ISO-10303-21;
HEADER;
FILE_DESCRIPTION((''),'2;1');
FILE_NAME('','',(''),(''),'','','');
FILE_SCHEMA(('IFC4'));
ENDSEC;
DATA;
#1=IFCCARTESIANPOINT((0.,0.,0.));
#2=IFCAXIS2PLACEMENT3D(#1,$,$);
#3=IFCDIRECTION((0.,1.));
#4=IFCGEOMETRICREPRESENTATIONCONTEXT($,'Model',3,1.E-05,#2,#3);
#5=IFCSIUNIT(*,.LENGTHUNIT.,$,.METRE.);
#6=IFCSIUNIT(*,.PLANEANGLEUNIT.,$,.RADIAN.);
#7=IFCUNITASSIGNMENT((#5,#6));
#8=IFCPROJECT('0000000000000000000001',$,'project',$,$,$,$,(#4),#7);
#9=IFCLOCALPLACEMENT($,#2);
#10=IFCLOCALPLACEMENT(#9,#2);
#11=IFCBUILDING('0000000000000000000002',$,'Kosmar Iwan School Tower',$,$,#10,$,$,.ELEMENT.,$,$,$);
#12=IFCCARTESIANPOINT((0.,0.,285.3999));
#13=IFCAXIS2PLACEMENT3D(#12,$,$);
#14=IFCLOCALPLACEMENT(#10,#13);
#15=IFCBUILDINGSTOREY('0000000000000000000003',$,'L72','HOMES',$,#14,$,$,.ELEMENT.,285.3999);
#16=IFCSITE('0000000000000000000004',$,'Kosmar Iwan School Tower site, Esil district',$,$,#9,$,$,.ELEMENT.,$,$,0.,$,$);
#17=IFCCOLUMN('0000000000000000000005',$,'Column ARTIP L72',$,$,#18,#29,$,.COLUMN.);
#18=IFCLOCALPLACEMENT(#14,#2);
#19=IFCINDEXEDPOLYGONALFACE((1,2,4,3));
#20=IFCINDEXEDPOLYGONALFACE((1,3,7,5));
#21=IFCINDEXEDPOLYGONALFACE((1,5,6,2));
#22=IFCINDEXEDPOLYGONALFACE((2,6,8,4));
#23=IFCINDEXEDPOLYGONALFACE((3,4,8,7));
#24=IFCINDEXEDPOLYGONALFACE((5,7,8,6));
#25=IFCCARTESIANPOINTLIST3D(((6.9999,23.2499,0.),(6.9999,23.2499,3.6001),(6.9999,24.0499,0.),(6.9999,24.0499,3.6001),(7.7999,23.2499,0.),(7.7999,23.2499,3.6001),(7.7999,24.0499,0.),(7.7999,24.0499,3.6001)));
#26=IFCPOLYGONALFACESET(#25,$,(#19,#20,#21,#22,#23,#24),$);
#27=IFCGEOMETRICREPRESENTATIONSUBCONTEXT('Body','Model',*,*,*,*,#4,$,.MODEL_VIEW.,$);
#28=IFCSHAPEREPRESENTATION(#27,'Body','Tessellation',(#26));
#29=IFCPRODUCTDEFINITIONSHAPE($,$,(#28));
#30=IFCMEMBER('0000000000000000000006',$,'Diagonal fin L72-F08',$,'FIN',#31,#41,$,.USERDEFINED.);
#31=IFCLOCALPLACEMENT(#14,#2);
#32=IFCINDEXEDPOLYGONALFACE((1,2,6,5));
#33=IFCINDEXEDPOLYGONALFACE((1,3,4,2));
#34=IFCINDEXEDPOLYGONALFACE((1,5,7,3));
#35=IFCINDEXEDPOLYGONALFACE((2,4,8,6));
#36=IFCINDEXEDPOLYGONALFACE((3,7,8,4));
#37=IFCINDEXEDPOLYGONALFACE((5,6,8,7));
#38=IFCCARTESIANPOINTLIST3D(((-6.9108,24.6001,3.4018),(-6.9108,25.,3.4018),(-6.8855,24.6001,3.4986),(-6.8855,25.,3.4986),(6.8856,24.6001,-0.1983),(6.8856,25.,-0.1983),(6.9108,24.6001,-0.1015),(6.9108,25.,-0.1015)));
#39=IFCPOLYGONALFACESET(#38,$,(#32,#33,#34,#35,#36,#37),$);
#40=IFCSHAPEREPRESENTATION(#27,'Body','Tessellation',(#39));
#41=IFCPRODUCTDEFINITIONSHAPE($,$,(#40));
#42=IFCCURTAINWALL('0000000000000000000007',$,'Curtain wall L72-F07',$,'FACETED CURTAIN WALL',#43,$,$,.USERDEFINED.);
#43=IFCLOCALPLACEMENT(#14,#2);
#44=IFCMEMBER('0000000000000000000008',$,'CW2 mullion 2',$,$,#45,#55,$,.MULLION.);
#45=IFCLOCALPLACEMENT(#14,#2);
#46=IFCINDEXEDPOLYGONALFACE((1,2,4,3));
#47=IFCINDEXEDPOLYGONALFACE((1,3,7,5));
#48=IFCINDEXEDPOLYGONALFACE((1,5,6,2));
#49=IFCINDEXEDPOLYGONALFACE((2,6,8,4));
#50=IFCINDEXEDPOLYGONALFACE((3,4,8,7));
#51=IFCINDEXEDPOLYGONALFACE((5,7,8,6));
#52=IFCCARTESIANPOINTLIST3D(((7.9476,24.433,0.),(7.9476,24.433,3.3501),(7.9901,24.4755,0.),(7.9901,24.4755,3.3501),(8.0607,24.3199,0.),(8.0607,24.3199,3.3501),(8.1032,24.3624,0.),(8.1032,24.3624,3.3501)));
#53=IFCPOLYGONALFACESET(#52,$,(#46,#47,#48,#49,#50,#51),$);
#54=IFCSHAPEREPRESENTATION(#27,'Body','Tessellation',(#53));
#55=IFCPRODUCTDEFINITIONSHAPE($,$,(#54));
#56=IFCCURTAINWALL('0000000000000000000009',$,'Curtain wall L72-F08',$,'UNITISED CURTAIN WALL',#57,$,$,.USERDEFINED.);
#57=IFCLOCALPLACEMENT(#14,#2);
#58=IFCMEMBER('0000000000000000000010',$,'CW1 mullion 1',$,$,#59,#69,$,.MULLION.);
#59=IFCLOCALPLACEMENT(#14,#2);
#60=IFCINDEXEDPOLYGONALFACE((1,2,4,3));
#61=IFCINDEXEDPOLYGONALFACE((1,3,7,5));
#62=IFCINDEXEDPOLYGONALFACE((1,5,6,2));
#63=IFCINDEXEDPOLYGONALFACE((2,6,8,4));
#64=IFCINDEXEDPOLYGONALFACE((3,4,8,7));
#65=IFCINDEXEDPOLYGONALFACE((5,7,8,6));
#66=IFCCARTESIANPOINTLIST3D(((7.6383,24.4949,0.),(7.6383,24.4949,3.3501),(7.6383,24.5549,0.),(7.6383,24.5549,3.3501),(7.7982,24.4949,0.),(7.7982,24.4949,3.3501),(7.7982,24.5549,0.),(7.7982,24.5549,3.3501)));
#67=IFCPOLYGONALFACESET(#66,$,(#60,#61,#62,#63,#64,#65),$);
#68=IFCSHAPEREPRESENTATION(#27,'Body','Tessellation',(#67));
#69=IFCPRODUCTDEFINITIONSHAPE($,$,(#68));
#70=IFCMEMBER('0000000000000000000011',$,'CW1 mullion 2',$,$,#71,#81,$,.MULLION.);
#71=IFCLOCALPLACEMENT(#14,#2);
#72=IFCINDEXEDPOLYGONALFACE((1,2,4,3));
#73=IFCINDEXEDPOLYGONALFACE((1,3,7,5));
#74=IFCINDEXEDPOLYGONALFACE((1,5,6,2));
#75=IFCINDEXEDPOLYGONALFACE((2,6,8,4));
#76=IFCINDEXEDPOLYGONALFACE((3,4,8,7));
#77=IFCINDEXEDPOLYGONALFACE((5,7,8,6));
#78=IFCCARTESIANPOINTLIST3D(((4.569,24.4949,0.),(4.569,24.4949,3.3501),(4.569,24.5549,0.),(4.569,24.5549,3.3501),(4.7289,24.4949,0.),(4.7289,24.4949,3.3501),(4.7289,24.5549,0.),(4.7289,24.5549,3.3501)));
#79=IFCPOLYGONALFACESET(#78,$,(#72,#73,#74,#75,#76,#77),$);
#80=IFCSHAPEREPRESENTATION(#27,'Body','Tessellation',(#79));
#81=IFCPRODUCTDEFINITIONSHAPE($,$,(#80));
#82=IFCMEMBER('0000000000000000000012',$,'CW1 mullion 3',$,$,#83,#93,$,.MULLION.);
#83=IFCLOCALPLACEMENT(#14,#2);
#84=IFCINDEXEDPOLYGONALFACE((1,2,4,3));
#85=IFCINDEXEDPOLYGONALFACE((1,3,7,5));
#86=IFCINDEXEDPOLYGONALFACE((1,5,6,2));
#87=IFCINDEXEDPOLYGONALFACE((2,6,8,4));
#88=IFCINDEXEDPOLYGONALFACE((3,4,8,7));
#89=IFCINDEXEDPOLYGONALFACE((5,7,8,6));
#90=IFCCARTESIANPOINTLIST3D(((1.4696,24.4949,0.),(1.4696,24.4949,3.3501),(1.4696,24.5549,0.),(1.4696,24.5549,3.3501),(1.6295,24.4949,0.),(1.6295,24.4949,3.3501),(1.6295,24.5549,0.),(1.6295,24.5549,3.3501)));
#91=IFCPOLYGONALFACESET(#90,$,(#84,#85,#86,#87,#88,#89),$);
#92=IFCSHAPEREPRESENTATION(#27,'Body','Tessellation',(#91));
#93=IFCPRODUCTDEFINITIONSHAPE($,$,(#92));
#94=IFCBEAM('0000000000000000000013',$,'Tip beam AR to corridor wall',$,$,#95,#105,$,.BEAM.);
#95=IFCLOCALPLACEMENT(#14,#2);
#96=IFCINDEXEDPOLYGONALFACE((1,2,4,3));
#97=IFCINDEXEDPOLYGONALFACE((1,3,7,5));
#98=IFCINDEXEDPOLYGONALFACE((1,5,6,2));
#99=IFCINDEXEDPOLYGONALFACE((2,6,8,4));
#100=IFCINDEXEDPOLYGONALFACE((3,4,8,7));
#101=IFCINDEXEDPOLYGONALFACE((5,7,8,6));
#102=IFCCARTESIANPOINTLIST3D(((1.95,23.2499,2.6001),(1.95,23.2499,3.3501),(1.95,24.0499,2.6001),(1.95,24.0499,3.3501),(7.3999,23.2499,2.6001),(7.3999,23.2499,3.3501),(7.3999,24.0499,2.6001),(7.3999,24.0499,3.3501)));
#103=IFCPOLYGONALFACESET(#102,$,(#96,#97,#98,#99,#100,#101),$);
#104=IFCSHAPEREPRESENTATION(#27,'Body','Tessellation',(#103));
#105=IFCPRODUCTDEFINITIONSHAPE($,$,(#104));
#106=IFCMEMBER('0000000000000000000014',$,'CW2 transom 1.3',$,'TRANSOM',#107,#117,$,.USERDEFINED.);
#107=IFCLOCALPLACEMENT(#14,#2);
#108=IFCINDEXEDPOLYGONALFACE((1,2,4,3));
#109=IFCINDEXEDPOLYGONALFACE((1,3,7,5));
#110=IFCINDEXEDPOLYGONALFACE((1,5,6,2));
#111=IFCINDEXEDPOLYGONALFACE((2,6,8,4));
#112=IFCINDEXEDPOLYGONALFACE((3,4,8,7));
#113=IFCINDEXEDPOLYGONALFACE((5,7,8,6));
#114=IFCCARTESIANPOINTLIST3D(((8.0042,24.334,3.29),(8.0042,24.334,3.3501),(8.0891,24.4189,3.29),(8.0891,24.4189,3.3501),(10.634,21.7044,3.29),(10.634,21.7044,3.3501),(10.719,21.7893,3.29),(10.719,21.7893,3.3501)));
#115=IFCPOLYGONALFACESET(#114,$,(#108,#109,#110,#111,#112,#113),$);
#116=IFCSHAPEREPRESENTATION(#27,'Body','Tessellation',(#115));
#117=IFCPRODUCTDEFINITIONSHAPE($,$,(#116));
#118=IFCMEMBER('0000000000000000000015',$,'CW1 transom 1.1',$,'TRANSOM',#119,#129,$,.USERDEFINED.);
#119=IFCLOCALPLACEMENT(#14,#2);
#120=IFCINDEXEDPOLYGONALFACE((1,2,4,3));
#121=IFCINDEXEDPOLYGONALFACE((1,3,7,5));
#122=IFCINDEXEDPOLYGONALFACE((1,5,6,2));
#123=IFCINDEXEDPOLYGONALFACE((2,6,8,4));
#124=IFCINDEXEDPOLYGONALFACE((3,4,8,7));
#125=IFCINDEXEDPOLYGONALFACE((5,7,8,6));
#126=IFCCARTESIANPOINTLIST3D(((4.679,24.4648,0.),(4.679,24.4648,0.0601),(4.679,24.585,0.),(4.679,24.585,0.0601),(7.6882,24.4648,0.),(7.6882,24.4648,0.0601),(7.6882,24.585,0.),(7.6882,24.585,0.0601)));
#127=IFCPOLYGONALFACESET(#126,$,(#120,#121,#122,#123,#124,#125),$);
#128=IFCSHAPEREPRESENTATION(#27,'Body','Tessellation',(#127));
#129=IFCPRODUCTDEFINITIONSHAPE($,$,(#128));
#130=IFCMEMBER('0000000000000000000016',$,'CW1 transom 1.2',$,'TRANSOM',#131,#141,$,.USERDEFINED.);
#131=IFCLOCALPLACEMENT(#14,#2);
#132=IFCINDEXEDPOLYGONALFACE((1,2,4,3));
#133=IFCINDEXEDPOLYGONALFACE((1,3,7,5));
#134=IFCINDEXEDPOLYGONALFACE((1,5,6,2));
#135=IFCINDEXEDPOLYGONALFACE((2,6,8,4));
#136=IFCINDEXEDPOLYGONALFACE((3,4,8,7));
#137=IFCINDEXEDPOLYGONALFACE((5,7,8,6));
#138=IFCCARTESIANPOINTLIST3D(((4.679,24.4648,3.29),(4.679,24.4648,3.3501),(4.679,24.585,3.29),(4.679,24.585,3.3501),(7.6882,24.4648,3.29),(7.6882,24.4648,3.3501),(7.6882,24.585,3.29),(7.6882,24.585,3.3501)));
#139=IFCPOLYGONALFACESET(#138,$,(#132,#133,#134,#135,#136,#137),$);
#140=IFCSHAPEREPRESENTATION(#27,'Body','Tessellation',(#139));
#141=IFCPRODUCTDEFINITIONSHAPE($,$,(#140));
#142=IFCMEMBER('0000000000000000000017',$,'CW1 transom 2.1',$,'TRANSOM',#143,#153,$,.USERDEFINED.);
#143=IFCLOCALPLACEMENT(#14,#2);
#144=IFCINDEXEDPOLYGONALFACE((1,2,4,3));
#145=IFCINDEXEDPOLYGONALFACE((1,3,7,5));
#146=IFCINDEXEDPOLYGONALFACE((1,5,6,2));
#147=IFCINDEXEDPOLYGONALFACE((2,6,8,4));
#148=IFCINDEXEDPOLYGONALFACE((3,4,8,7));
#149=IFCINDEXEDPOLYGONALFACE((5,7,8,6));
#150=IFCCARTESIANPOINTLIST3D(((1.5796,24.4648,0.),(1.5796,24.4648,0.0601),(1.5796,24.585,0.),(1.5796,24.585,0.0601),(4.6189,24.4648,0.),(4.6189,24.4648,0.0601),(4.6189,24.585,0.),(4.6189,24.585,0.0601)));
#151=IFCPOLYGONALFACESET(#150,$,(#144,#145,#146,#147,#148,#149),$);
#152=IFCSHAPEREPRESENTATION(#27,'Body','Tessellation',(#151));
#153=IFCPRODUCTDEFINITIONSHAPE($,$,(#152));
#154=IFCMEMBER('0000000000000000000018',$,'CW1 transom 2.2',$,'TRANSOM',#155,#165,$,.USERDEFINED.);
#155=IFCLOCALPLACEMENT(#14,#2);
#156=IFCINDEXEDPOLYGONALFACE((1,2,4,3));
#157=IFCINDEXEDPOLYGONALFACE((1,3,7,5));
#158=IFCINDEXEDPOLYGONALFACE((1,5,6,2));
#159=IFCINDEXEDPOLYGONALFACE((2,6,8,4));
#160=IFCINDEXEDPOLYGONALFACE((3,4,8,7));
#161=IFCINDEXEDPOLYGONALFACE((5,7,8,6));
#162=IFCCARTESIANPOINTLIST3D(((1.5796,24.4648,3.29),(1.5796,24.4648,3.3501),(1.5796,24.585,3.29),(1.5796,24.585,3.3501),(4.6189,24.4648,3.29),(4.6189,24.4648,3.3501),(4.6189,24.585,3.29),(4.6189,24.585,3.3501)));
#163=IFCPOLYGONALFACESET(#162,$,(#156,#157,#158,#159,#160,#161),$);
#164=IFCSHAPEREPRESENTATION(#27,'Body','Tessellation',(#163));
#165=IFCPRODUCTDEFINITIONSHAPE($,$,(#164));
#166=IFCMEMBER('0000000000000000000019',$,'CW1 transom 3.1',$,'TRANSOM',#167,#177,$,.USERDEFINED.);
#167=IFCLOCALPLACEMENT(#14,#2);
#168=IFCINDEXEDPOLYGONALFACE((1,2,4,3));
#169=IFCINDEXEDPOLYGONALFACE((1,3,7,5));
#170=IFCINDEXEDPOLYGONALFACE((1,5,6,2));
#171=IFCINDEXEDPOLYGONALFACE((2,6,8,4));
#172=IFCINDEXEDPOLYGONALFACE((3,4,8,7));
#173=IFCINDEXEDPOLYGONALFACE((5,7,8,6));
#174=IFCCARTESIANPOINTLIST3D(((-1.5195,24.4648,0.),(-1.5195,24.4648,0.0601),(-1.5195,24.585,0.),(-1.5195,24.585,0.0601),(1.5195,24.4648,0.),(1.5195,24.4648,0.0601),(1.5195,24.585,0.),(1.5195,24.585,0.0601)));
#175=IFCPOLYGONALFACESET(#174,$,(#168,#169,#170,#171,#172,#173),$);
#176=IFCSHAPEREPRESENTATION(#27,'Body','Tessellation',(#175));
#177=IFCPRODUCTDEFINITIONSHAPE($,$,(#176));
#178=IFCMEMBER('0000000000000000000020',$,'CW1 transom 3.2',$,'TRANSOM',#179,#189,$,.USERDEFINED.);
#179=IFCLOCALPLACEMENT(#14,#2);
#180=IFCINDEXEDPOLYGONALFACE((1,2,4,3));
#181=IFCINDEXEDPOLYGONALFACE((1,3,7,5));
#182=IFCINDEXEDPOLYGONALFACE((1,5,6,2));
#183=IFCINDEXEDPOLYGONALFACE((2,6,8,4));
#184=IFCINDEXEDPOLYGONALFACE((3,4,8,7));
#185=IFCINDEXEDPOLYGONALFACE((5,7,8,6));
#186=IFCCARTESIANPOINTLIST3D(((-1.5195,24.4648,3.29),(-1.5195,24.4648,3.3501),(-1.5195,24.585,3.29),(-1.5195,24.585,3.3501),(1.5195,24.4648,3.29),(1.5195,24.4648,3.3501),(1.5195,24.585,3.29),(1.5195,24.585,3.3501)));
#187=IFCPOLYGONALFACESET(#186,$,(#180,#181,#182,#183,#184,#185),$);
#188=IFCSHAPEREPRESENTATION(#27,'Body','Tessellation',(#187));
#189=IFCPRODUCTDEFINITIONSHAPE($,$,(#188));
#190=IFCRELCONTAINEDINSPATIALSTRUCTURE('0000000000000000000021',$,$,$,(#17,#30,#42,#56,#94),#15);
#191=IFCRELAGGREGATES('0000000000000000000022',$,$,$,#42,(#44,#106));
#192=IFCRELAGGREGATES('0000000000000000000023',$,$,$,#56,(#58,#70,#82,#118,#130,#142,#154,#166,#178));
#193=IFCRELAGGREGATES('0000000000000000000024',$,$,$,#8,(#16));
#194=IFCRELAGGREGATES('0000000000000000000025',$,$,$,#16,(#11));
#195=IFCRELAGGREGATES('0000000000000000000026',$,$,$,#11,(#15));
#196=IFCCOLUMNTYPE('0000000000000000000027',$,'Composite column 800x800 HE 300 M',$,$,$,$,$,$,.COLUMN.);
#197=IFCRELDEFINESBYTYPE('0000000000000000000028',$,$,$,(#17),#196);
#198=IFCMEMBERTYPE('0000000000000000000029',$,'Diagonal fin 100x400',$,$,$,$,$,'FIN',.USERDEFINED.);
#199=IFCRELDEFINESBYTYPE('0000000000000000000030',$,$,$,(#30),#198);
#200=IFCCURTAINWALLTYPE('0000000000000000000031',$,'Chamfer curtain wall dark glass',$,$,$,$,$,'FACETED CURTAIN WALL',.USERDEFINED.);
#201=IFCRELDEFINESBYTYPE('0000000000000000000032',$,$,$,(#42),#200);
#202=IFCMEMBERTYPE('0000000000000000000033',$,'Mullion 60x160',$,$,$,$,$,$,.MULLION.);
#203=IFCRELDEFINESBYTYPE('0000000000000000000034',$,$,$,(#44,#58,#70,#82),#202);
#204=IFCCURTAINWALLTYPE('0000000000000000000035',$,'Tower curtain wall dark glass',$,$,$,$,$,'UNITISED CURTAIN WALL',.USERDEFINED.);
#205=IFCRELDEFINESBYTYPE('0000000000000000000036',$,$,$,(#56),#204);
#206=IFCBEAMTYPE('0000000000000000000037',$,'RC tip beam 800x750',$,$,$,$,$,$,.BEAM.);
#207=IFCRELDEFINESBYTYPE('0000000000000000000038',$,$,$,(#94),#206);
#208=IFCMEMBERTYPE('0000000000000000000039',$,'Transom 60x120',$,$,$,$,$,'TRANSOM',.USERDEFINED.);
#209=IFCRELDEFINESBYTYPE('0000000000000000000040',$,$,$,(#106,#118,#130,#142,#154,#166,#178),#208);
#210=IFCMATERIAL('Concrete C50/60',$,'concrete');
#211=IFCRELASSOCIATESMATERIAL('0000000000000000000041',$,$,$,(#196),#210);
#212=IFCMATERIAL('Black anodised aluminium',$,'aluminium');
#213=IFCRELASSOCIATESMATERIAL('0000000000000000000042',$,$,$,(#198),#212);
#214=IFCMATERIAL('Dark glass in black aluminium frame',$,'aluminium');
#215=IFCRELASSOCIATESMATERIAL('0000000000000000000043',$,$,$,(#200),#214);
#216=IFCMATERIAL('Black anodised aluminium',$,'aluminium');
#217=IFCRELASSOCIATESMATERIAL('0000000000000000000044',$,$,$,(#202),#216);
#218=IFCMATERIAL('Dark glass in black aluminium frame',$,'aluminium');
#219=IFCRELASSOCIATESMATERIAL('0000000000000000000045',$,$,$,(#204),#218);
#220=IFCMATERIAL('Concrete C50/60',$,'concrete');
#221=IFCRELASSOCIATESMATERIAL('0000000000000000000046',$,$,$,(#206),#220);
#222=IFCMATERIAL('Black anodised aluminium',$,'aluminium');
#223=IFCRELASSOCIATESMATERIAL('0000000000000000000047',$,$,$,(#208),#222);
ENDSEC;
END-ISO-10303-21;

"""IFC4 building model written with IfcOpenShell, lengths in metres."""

from ifc_helpers import new_model, si_unit, direction, frame, origin, origin_2d, place, context, subcontext, project, spatial, rectangle, extrude, material, material_profile, profile_set, type_object, element, aggregate, save


model = new_model("IFC4")

# Units and contexts
model_context = context("Model", 3, precision=1e-05, world=origin(), true_north=direction((0.0, 1.0)))
body_context = subcontext(model_context, "Body", "Model", "MODEL_VIEW")
ifc_project = project(units=[si_unit("LENGTHUNIT", "METRE"), si_unit("PLANEANGLEUNIT", "RADIAN")], contexts=[model_context])

# Site, building, storey
site_placement = place(None, origin())
site = spatial("IfcSite", under=ifc_project, at=site_placement, Name="Kosmar Iwan School Tower site, Esil district", CompositionType="ELEMENT", RefElevation=0.0)
building_placement = place(site_placement, origin())
building = spatial("IfcBuilding", under=site, at=building_placement, Name="Kosmar Iwan School Tower", CompositionType="ELEMENT")
storey_placement = place(building_placement, frame((0.0, 0.0, 285.3999)))
storey = spatial("IfcBuildingStorey", under=building, at=storey_placement, Name="L72", Description="HOMES", CompositionType="ELEMENT", Elevation=285.3999)

# Column
ifc_material_1 = material(Name="Concrete C50/60", Category="concrete")
ifc_material_profile_1 = material_profile(ifc_material_1, rectangle(XDim=0.8, YDim=0.8, at=origin_2d()), Name="RC 800x800 + HE 300 M")
ifc_profile_set_1 = profile_set([ifc_material_profile_1], Name="Concrete C50/60")
column_type = type_object("IfcColumnType", Name="Composite column 800x800 HE 300 M", PredefinedType="COLUMN", material=ifc_profile_set_1)
column_placement = place(storey_placement, frame((7.3999, 23.6499, 0.0), z_axis=(0.0, 0.0, 1.0), x_axis=(0.0, 1.0, 0.0)))
element("IfcColumn", 1, at=column_placement, inside=storey, type_object=column_type, Name="Column ARTIP L72", PredefinedType="COLUMN", context=body_context, shape_type="SweptSolid", body=[
    extrude(rectangle(XDim=0.8, YDim=0.8, at=origin_2d()), origin(), (0.0, 0.0, 1.0), 3.6001),
])

# Member
ifc_material_2 = material(Name="Black anodised aluminium", Category="aluminium")
ifc_material_profile_2 = material_profile(ifc_material_2, rectangle(XDim=0.1001, YDim=0.3999, at=origin_2d()), Name="FIN 100x400")
ifc_profile_set_2 = profile_set([ifc_material_profile_2], Name="Black anodised aluminium")
member_type_1 = type_object("IfcMemberType", Name="Diagonal fin 100x400", ElementType="FIN", PredefinedType="USERDEFINED", material=ifc_profile_set_2)
member_1_placement = place(storey_placement, frame((6.8982, 24.8, -0.1499), z_axis=(-0.967599, 0.0, 0.25249), x_axis=(0.25249, 0.0, 0.967599)))
element("IfcMember", 2, at=member_1_placement, inside=storey, type_object=member_type_1, Name="Diagonal fin L72-F08", ObjectType="FIN", PredefinedType="USERDEFINED", context=body_context, shape_type="SweptSolid", body=[
    extrude(rectangle(XDim=0.1001, YDim=0.3999, at=origin_2d()), origin(), (0.0, 0.0, 1.0), 14.2583),
])

# Curtain wall, member
ifc_material_3 = material(Name="Dark glass in black aluminium frame", Category="aluminium")
curtain_wall_type_1 = type_object("IfcCurtainWallType", Name="Chamfer curtain wall dark glass", ElementType="FACETED CURTAIN WALL", PredefinedType="USERDEFINED", material=ifc_material_3)
curtain_wall_1_placement = place(storey_placement, origin())
curtain_wall_1 = element("IfcCurtainWall", 3, at=curtain_wall_1_placement, inside=storey, type_object=curtain_wall_type_1, Name="Curtain wall L72-F07", ObjectType="FACETED CURTAIN WALL", PredefinedType="USERDEFINED")
ifc_material_4 = material(Name="Black anodised aluminium", Category="aluminium")
ifc_material_profile_3 = material_profile(ifc_material_4, rectangle(XDim=0.0601, YDim=0.1599, at=origin_2d()), Name="MULLION 60x160")
ifc_profile_set_3 = profile_set([ifc_material_profile_3], Name="Black anodised aluminium")
member_type_2 = type_object("IfcMemberType", Name="Mullion 60x160", PredefinedType="MULLION", material=ifc_profile_set_3)
member_2_placement = place(storey_placement, frame((8.0254, 24.3977, 0.0), z_axis=(0.0, 0.0, 1.0), x_axis=(-0.707107, -0.707107, 0.0)))
member_2 = element("IfcMember", 4, at=member_2_placement, type_object=member_type_2, Name="CW2 mullion 2", PredefinedType="MULLION", context=body_context, shape_type="SweptSolid", body=[
    extrude(rectangle(XDim=0.0601, YDim=0.1599, at=origin_2d()), origin(), (0.0, 0.0, 1.0), 3.3501),
])

# Curtain wall, members
ifc_material_5 = material(Name="Dark glass in black aluminium frame", Category="aluminium")
curtain_wall_type_2 = type_object("IfcCurtainWallType", Name="Tower curtain wall dark glass", ElementType="UNITISED CURTAIN WALL", PredefinedType="USERDEFINED", material=ifc_material_5)
curtain_wall_2_placement = place(storey_placement, origin())
curtain_wall_2 = element("IfcCurtainWall", 5, at=curtain_wall_2_placement, inside=storey, type_object=curtain_wall_type_2, Name="Curtain wall L72-F08", ObjectType="UNITISED CURTAIN WALL", PredefinedType="USERDEFINED")
member_3_placement = place(storey_placement, frame((7.7183, 24.5249, 0.0), z_axis=(0.0, 0.0, 1.0), x_axis=(0.0, -1.0, 0.0)))
member_3 = element("IfcMember", 6, at=member_3_placement, type_object=member_type_2, Name="CW1 mullion 1", PredefinedType="MULLION", context=body_context, shape_type="SweptSolid", body=[
    extrude(rectangle(XDim=0.0601, YDim=0.1599, at=origin_2d()), origin(), (0.0, 0.0, 1.0), 3.3501),
])
member_4_placement = place(storey_placement, frame((4.6489, 24.5249, 0.0), z_axis=(0.0, 0.0, 1.0), x_axis=(0.0, -1.0, 0.0)))
member_4 = element("IfcMember", 7, at=member_4_placement, type_object=member_type_2, Name="CW1 mullion 2", PredefinedType="MULLION", context=body_context, shape_type="SweptSolid", body=[
    extrude(rectangle(XDim=0.0601, YDim=0.1599, at=origin_2d()), origin(), (0.0, 0.0, 1.0), 3.3501),
])
member_5_placement = place(storey_placement, frame((1.5496, 24.5249, 0.0), z_axis=(0.0, 0.0, 1.0), x_axis=(0.0, -1.0, 0.0)))
member_5 = element("IfcMember", 8, at=member_5_placement, type_object=member_type_2, Name="CW1 mullion 3", PredefinedType="MULLION", context=body_context, shape_type="SweptSolid", body=[
    extrude(rectangle(XDim=0.0601, YDim=0.1599, at=origin_2d()), origin(), (0.0, 0.0, 1.0), 3.3501),
])

# Beam
ifc_material_6 = material(Name="Concrete C50/60", Category="concrete")
ifc_material_profile_4 = material_profile(ifc_material_6, rectangle(XDim=0.8, YDim=0.75, at=origin_2d()), Name="RC 800x750")
ifc_profile_set_4 = profile_set([ifc_material_profile_4], Name="Concrete C50/60")
beam_type = type_object("IfcBeamType", Name="RC tip beam 800x750", PredefinedType="BEAM", material=ifc_profile_set_4)
beam_placement = place(storey_placement, frame((7.3999, 23.6499, 2.9751), z_axis=(-1.0, 0.0, 0.0), x_axis=(0.0, -1.0, 0.0)))
element("IfcBeam", 9, at=beam_placement, inside=storey, type_object=beam_type, Name="Tip beam AR to corridor wall", PredefinedType="BEAM", context=body_context, shape_type="SweptSolid", body=[
    extrude(rectangle(XDim=0.8, YDim=0.75, at=origin_2d()), origin(), (0.0, 0.0, 1.0), 5.45),
])

# Members
ifc_material_7 = material(Name="Black anodised aluminium", Category="aluminium")
ifc_material_profile_5 = material_profile(ifc_material_7, rectangle(XDim=0.1201, YDim=0.0601, at=origin_2d()), Name="TRANSOM 60x120")
ifc_profile_set_5 = profile_set([ifc_material_profile_5], Name="Black anodised aluminium")
member_type_3 = type_object("IfcMemberType", Name="Transom 60x120", ElementType="TRANSOM", PredefinedType="USERDEFINED", material=ifc_profile_set_5)
member_6_placement = place(storey_placement, frame((10.6765, 21.7468, 3.3201), z_axis=(-0.70714, 0.707074, 0.0), x_axis=(-0.707074, -0.70714, 0.0)))
member_6 = element("IfcMember", 10, at=member_6_placement, type_object=member_type_3, Name="CW2 transom 1.3", ObjectType="TRANSOM", PredefinedType="USERDEFINED", context=body_context, shape_type="SweptSolid", body=[
    extrude(rectangle(XDim=0.1201, YDim=0.0601, at=origin_2d()), origin(), (0.0, 0.0, 1.0), 3.719),
])
member_7_placement = place(storey_placement, frame((7.6882, 24.5249, 0.03), z_axis=(-1.0, 0.0, 0.0), x_axis=(0.0, -1.0, 0.0)))
member_7 = element("IfcMember", 11, at=member_7_placement, type_object=member_type_3, Name="CW1 transom 1.1", ObjectType="TRANSOM", PredefinedType="USERDEFINED", context=body_context, shape_type="SweptSolid", body=[
    extrude(rectangle(XDim=0.1201, YDim=0.0601, at=origin_2d()), origin(), (0.0, 0.0, 1.0), 3.0093),
])
member_8_placement = place(storey_placement, frame((7.6882, 24.5249, 3.3201), z_axis=(-1.0, 0.0, 0.0), x_axis=(0.0, -1.0, 0.0)))
member_8 = element("IfcMember", 12, at=member_8_placement, type_object=member_type_3, Name="CW1 transom 1.2", ObjectType="TRANSOM", PredefinedType="USERDEFINED", context=body_context, shape_type="SweptSolid", body=[
    extrude(rectangle(XDim=0.1201, YDim=0.0601, at=origin_2d()), origin(), (0.0, 0.0, 1.0), 3.0093),
])
member_9_placement = place(storey_placement, frame((4.6189, 24.5249, 0.03), z_axis=(-1.0, 0.0, 0.0), x_axis=(0.0, -1.0, 0.0)))
member_9 = element("IfcMember", 13, at=member_9_placement, type_object=member_type_3, Name="CW1 transom 2.1", ObjectType="TRANSOM", PredefinedType="USERDEFINED", context=body_context, shape_type="SweptSolid", body=[
    extrude(rectangle(XDim=0.1201, YDim=0.0601, at=origin_2d()), origin(), (0.0, 0.0, 1.0), 3.0393),
])
member_10_placement = place(storey_placement, frame((4.6189, 24.5249, 3.3201), z_axis=(-1.0, 0.0, 0.0), x_axis=(0.0, -1.0, 0.0)))
member_10 = element("IfcMember", 14, at=member_10_placement, type_object=member_type_3, Name="CW1 transom 2.2", ObjectType="TRANSOM", PredefinedType="USERDEFINED", context=body_context, shape_type="SweptSolid", body=[
    extrude(rectangle(XDim=0.1201, YDim=0.0601, at=origin_2d()), origin(), (0.0, 0.0, 1.0), 3.0393),
])
member_11_placement = place(storey_placement, frame((1.5195, 24.5249, 0.03), z_axis=(-1.0, 0.0, 0.0), x_axis=(0.0, -1.0, 0.0)))
member_11 = element("IfcMember", 15, at=member_11_placement, type_object=member_type_3, Name="CW1 transom 3.1", ObjectType="TRANSOM", PredefinedType="USERDEFINED", context=body_context, shape_type="SweptSolid", body=[
    extrude(rectangle(XDim=0.1201, YDim=0.0601, at=origin_2d()), origin(), (0.0, 0.0, 1.0), 3.0391),
])
member_12_placement = place(storey_placement, frame((1.5195, 24.5249, 3.3201), z_axis=(-1.0, 0.0, 0.0), x_axis=(0.0, -1.0, 0.0)))
member_12 = element("IfcMember", 16, at=member_12_placement, type_object=member_type_3, Name="CW1 transom 3.2", ObjectType="TRANSOM", PredefinedType="USERDEFINED", context=body_context, shape_type="SweptSolid", body=[
    extrude(rectangle(XDim=0.1201, YDim=0.0601, at=origin_2d()), origin(), (0.0, 0.0, 1.0), 3.0391),
])

aggregate(curtain_wall_1, [member_2, member_6])
aggregate(curtain_wall_2, [member_3, member_4, member_5, member_7, member_8, member_9, member_10, member_11, member_12])

save(model, "model.ifc")
